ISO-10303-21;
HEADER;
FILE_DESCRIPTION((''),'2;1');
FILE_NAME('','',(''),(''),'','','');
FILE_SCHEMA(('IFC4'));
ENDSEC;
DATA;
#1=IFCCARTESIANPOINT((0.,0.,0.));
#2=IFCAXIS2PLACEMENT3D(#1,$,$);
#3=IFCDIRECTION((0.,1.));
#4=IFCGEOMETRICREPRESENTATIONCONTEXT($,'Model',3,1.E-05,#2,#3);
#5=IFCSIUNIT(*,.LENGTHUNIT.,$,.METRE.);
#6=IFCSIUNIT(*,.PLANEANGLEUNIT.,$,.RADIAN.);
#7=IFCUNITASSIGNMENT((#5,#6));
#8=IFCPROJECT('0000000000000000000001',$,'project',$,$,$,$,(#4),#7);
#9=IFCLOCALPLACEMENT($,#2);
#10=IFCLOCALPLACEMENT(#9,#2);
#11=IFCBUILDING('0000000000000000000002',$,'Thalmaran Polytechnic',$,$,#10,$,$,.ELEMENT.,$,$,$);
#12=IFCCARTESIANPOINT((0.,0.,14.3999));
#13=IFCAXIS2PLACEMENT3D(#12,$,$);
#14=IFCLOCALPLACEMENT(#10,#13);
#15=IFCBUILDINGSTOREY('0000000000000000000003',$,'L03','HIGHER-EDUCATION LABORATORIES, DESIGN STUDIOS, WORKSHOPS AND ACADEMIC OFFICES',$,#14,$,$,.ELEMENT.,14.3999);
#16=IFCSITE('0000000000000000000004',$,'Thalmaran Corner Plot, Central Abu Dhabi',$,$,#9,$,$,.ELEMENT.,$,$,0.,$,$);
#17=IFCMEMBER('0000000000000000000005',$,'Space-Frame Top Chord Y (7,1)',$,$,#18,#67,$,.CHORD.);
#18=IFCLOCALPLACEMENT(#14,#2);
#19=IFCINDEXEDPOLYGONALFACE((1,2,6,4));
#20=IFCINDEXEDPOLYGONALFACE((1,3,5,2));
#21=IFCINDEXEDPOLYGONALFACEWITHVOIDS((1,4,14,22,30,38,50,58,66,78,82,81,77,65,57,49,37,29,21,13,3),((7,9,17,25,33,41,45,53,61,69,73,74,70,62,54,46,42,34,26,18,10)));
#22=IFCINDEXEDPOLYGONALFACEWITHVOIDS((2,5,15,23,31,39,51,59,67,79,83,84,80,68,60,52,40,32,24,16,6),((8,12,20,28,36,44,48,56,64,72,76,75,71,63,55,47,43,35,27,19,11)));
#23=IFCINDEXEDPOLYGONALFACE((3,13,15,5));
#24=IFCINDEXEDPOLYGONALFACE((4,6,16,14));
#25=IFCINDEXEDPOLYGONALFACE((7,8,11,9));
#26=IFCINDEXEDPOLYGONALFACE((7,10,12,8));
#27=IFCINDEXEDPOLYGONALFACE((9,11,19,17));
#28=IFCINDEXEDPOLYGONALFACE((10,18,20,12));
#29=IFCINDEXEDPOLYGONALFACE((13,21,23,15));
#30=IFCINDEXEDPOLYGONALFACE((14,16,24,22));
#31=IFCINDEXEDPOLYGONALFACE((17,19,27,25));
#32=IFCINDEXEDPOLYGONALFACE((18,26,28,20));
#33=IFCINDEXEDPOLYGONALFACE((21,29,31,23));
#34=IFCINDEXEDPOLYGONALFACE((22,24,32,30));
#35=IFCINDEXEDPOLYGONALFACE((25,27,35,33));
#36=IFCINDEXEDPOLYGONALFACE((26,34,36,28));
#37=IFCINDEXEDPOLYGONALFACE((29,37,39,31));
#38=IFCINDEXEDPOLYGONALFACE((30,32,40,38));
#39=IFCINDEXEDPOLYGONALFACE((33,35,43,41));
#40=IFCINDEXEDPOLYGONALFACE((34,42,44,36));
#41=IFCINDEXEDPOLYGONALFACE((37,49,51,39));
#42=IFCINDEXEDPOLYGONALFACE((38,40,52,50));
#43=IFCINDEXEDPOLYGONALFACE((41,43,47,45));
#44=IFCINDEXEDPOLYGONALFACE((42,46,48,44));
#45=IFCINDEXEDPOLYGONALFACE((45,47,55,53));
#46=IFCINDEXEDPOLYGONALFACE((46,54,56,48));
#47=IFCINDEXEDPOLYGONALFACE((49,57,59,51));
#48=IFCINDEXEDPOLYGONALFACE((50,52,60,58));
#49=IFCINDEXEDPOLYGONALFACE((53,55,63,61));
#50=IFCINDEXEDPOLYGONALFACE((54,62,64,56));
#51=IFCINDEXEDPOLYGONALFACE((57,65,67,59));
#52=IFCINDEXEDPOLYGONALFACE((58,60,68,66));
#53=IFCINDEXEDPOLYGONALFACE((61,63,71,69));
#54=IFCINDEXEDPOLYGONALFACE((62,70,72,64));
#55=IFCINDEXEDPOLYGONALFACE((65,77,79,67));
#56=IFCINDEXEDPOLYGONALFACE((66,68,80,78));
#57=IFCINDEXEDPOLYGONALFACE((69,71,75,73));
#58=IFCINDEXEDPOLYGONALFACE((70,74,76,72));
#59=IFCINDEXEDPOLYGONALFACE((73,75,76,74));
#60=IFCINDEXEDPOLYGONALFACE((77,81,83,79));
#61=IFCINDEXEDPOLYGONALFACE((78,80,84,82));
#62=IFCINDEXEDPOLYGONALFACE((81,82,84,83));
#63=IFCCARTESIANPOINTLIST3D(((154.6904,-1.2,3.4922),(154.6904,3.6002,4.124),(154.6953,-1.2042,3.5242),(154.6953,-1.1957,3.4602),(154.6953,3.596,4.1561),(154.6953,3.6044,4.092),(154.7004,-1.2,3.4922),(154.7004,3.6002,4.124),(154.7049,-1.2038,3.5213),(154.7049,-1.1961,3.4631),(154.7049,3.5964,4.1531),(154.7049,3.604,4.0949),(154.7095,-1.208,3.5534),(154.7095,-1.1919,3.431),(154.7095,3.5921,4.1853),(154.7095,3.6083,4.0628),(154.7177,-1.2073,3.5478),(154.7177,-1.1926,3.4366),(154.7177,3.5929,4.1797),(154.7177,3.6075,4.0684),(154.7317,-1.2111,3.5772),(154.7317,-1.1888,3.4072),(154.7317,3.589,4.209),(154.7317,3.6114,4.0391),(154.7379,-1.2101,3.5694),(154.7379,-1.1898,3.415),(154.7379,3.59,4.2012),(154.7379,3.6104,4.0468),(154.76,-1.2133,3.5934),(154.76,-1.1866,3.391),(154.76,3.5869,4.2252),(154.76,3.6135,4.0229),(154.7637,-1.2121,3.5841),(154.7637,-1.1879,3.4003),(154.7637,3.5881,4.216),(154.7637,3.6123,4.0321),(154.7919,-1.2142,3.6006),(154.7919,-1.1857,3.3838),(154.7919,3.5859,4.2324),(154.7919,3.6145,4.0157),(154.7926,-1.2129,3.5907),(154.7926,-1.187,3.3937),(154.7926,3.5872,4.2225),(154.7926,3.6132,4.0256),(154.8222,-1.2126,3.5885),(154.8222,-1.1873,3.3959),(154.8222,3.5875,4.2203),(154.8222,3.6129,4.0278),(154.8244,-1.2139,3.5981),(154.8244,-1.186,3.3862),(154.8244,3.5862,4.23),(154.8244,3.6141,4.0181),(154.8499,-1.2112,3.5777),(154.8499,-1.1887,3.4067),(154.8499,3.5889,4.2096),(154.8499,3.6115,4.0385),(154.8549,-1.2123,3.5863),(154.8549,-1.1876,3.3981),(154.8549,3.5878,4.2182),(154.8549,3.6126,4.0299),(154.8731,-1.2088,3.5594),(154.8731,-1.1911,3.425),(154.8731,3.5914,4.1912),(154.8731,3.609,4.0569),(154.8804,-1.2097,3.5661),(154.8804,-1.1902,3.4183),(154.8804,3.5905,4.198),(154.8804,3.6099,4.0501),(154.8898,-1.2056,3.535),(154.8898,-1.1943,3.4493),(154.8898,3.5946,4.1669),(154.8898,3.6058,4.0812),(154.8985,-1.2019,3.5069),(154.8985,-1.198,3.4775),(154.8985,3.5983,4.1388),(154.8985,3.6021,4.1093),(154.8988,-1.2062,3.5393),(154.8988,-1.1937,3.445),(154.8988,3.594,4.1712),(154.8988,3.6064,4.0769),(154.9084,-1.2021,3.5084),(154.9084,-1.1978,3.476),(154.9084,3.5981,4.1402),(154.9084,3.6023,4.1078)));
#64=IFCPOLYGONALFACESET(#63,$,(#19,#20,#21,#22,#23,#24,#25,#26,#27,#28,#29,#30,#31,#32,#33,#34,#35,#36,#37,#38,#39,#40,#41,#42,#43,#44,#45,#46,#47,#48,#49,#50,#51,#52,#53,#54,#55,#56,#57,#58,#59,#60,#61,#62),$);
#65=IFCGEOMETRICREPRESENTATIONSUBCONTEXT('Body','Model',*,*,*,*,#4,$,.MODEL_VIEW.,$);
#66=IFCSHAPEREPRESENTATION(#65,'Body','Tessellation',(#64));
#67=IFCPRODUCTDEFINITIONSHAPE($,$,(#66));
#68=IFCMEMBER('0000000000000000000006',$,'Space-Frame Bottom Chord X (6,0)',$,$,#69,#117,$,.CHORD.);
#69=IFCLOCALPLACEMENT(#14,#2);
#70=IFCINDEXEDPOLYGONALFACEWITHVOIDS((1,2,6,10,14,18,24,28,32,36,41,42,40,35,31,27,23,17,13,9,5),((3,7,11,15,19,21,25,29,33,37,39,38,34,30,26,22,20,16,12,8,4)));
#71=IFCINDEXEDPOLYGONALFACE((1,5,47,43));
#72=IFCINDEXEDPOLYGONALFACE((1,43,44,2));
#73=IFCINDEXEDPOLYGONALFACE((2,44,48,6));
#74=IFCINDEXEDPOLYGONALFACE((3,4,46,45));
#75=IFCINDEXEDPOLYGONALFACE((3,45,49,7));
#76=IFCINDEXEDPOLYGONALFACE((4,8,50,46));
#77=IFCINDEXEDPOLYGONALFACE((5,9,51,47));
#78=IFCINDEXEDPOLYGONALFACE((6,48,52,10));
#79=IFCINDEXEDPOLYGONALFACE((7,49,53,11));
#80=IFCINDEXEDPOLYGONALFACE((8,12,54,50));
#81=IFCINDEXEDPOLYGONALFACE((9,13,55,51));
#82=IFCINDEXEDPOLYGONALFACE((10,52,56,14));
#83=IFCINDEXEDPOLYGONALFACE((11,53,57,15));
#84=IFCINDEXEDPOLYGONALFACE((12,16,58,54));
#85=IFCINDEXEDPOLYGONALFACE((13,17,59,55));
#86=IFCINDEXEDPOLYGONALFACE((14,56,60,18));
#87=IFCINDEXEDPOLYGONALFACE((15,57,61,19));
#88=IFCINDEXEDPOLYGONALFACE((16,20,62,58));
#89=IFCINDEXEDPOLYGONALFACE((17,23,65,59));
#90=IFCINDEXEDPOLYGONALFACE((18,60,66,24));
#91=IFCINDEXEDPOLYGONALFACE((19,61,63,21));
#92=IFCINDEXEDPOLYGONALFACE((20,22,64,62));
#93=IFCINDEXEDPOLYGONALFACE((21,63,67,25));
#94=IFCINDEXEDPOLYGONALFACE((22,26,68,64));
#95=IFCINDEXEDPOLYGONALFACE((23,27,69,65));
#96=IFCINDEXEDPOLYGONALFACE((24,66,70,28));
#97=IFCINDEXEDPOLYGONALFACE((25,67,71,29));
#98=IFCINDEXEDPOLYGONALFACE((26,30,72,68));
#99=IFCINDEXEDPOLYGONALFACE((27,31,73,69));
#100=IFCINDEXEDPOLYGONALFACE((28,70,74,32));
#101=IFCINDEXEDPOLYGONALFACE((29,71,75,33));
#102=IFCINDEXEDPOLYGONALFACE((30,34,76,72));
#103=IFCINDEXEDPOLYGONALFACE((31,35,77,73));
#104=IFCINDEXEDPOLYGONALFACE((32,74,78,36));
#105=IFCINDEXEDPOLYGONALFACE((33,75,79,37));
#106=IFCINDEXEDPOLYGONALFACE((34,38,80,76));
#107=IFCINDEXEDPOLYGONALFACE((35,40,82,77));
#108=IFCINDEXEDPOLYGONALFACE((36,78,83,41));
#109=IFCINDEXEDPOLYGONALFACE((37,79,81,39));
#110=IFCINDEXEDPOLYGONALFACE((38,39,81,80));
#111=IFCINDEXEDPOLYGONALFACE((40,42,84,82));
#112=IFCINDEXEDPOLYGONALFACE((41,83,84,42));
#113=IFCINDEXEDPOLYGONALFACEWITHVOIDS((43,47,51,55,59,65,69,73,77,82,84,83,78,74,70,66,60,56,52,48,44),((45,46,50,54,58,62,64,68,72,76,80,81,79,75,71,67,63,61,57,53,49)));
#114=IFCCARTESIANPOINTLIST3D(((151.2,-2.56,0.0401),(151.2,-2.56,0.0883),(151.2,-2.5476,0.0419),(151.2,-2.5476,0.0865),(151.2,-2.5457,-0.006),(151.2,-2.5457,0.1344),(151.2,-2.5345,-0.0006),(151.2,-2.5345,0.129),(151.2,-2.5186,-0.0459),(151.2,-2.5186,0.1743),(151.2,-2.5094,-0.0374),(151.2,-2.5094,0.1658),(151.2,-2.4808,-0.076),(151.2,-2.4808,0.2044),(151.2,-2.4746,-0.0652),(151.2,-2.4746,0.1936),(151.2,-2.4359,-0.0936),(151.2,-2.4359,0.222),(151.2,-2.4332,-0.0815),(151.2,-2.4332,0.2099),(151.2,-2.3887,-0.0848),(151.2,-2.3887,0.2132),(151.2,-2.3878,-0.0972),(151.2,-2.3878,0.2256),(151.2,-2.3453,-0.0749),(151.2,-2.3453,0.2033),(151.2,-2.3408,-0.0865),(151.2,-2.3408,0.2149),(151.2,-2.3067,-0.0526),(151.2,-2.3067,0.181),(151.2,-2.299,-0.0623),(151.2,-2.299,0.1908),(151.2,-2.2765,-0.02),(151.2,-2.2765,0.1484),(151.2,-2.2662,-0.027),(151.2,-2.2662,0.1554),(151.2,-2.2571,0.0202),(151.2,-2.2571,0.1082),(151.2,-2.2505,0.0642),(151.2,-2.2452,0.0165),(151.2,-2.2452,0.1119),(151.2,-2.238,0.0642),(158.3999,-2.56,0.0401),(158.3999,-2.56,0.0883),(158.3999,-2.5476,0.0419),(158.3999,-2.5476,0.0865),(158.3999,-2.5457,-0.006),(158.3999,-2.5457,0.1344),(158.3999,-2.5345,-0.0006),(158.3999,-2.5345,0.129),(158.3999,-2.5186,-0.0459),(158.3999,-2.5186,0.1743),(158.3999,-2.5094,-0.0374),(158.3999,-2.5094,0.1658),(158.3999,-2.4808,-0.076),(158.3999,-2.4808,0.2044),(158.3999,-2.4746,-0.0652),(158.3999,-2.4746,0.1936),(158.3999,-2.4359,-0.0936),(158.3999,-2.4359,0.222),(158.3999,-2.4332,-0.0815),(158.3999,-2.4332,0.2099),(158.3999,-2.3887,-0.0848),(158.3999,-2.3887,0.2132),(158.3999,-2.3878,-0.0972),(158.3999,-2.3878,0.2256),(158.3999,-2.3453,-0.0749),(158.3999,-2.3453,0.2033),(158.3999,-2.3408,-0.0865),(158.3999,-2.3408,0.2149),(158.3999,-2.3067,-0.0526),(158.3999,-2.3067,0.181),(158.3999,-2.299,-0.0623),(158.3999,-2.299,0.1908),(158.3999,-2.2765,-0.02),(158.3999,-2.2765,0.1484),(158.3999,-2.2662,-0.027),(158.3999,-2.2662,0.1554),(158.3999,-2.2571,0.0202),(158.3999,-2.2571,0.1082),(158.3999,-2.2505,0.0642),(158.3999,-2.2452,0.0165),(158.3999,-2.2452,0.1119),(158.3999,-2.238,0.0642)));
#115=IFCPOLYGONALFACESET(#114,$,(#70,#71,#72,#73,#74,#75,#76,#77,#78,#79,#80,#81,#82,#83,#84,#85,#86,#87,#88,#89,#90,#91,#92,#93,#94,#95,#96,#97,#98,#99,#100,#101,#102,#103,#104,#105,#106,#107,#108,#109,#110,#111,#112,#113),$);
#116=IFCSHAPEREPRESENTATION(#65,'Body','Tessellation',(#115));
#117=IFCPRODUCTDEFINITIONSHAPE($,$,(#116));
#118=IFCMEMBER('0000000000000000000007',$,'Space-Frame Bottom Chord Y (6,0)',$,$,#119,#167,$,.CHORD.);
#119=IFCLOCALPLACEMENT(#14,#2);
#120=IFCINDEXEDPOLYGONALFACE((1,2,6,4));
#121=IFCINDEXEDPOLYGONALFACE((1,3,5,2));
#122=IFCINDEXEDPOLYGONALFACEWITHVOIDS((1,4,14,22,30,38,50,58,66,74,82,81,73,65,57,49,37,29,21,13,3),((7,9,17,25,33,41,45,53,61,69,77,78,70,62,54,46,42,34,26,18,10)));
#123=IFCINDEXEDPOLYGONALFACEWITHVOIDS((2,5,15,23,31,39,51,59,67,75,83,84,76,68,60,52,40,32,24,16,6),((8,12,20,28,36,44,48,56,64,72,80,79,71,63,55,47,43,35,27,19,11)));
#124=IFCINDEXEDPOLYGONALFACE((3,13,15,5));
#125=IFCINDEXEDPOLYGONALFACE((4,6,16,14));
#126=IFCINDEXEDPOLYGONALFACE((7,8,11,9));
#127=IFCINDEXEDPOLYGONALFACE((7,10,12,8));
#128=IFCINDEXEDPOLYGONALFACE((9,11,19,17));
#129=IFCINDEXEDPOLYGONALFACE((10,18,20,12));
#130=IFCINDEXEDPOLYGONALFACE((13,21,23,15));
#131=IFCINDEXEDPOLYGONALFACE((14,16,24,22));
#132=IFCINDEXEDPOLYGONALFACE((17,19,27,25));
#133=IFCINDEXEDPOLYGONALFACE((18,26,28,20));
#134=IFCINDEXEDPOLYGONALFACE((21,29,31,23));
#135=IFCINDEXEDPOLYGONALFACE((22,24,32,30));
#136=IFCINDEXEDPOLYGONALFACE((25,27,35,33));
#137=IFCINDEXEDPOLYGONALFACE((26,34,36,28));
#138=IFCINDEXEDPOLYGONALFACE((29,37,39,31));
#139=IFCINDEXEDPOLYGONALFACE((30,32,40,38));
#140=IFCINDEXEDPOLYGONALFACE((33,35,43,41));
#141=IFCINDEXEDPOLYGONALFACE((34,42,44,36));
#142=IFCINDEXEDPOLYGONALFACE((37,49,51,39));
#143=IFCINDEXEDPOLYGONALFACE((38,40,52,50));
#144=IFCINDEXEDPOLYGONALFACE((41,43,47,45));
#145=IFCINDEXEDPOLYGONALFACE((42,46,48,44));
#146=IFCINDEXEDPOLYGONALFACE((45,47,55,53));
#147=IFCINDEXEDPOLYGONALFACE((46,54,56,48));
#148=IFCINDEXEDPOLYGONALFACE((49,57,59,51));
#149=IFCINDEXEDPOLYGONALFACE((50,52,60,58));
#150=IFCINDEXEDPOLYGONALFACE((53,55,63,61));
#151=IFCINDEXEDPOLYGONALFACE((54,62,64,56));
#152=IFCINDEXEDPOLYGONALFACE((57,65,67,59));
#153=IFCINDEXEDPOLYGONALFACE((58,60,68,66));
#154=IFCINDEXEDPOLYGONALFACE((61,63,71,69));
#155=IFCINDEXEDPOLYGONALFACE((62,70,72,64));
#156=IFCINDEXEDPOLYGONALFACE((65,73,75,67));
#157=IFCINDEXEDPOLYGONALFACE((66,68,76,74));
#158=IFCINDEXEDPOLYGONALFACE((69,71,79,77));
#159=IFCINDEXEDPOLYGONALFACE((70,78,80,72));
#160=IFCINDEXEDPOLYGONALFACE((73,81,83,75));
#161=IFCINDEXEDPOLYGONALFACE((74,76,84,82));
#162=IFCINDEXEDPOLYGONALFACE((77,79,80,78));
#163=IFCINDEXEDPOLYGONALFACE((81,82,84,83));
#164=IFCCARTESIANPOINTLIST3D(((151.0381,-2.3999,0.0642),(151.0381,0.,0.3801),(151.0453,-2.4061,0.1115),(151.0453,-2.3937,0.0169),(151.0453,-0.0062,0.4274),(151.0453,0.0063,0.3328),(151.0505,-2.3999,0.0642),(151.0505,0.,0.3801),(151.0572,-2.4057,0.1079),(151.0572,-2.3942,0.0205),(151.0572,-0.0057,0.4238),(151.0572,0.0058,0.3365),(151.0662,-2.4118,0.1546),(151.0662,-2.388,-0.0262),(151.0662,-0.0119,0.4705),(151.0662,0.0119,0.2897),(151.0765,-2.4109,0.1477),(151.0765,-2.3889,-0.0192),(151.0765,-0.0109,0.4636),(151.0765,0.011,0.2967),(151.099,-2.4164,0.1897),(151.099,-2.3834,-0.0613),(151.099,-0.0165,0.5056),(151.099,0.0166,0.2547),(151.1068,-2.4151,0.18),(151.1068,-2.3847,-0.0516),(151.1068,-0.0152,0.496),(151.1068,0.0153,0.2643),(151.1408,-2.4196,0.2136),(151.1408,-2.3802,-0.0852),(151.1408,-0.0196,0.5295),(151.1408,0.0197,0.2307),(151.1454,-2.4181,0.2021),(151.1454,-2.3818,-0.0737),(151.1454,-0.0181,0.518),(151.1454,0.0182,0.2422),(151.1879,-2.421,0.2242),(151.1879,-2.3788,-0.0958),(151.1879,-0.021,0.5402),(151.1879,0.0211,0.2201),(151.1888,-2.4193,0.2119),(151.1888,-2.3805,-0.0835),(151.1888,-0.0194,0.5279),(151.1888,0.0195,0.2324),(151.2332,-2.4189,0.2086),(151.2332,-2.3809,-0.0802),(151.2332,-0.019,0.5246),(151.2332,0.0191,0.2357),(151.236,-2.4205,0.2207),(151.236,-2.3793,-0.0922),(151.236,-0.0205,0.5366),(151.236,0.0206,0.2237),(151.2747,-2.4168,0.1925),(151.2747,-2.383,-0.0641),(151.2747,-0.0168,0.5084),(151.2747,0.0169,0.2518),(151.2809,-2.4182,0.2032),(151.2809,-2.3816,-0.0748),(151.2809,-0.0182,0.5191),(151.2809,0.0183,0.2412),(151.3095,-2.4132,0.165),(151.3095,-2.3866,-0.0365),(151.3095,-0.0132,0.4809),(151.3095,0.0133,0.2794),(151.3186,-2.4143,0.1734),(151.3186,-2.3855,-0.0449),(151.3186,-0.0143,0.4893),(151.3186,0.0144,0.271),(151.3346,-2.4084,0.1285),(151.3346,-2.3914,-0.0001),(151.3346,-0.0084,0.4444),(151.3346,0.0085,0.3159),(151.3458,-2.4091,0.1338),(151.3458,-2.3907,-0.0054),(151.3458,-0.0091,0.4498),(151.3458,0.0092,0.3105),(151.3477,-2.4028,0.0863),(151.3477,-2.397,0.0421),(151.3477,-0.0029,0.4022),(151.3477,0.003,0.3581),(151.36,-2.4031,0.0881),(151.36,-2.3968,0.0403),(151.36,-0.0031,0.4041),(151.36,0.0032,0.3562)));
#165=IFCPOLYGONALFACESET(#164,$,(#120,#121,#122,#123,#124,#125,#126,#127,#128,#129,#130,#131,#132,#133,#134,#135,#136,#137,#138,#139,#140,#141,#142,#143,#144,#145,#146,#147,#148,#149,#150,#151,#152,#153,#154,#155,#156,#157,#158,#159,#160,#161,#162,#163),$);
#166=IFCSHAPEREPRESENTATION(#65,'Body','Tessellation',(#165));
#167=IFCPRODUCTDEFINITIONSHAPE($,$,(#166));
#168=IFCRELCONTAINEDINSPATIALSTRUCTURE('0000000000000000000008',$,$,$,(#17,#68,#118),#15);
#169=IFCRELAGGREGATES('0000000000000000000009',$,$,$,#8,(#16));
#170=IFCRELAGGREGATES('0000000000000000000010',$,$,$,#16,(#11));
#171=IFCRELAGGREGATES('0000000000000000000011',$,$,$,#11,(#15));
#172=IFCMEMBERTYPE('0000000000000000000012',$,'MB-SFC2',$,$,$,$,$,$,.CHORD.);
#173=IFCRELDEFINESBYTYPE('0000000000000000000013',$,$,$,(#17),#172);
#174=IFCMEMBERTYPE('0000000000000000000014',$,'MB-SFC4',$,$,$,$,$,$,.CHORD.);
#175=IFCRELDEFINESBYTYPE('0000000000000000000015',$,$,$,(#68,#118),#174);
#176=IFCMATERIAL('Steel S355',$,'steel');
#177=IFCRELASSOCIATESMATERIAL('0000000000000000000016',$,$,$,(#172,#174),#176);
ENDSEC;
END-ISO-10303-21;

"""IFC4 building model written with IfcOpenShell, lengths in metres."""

from ifc_helpers import new_model, si_unit, direction, frame, origin, origin_2d, place, context, subcontext, project, spatial, hollow_circle, extrude, material, material_profile, profile_set, type_object, element, save


model = new_model("IFC4")

# Units and contexts
model_context = context("Model", 3, precision=1e-05, world=origin(), true_north=direction((0.0, 1.0)))
body_context = subcontext(model_context, "Body", "Model", "MODEL_VIEW")
ifc_project = project(units=[si_unit("LENGTHUNIT", "METRE"), si_unit("PLANEANGLEUNIT", "RADIAN")], contexts=[model_context])

# Site, building, storey
site_placement = place(None, origin())
site = spatial("IfcSite", under=ifc_project, at=site_placement, Name="Thalmaran Corner Plot, Central Abu Dhabi", CompositionType="ELEMENT", RefElevation=0.0)
building_placement = place(site_placement, origin())
building = spatial("IfcBuilding", under=site, at=building_placement, Name="Thalmaran Polytechnic", CompositionType="ELEMENT")
storey_placement = place(building_placement, frame((0.0, 0.0, 14.3999)))
storey = spatial("IfcBuildingStorey", under=building, at=storey_placement, Name="L03", Description="HIGHER-EDUCATION LABORATORIES, DESIGN STUDIOS, WORKSHOPS AND ACADEMIC OFFICES", CompositionType="ELEMENT", Elevation=14.3999)

# Shared definitions
ifc_material_1 = material(Name="Steel S355", Category="steel")

# Members
ifc_material_profile_1 = material_profile(ifc_material_1, hollow_circle(Radius=0.1096, WallThickness=0.01, at=origin_2d()), Name="CHS 219.1x10.0")
ifc_profile_set_1 = profile_set([ifc_material_profile_1], Name="Steel S355")
member_type_1 = type_object("IfcMemberType", Name="MB-SFC2", PredefinedType="CHORD", material=ifc_profile_set_1)
member_1_placement = place(storey_placement, frame((154.8, -1.2, 3.4922), z_axis=(0.0, 0.991448, 0.130505), x_axis=(-1.0, 0.0, 0.0)))
element("IfcMember", 1, at=member_1_placement, inside=storey, type_object=member_type_1, Name="Space-Frame Top Chord Y (7,1)", PredefinedType="CHORD", context=body_context, shape_type="SweptSolid", body=[
    extrude(hollow_circle(Radius=0.1096, WallThickness=0.01, at=origin_2d()), origin(), (0.0, 0.0, 1.0), 4.8416),
])
ifc_material_profile_2 = material_profile(ifc_material_1, hollow_circle(Radius=0.1619, WallThickness=0.0125, at=origin_2d()), Name="CHS 323.9x12.5")
ifc_profile_set_2 = profile_set([ifc_material_profile_2], Name="Steel S355")
member_type_2 = type_object("IfcMemberType", Name="MB-SFC4", PredefinedType="CHORD", material=ifc_profile_set_2)
member_2_placement = place(storey_placement, frame((151.2, -2.3999, 0.0642), z_axis=(1.0, 0.0, 0.0), x_axis=(0.0, 1.0, 0.0)))
element("IfcMember", 2, at=member_2_placement, inside=storey, type_object=member_type_2, Name="Space-Frame Bottom Chord X (6,0)", PredefinedType="CHORD", context=body_context, shape_type="SweptSolid", body=[
    extrude(hollow_circle(Radius=0.1619, WallThickness=0.0125, at=origin_2d()), origin(), (0.0, 0.0, 1.0), 7.2),
])
member_3_placement = place(storey_placement, frame((151.2, -2.3999, 0.0642), z_axis=(0.0, 0.991447, 0.130512), x_axis=(-1.0, 0.0, 0.0)))
element("IfcMember", 3, at=member_3_placement, inside=storey, type_object=member_type_2, Name="Space-Frame Bottom Chord Y (6,0)", PredefinedType="CHORD", context=body_context, shape_type="SweptSolid", body=[
    extrude(hollow_circle(Radius=0.1619, WallThickness=0.0125, at=origin_2d()), origin(), (0.0, 0.0, 1.0), 2.4207),
])

save(model, "model.ifc")
